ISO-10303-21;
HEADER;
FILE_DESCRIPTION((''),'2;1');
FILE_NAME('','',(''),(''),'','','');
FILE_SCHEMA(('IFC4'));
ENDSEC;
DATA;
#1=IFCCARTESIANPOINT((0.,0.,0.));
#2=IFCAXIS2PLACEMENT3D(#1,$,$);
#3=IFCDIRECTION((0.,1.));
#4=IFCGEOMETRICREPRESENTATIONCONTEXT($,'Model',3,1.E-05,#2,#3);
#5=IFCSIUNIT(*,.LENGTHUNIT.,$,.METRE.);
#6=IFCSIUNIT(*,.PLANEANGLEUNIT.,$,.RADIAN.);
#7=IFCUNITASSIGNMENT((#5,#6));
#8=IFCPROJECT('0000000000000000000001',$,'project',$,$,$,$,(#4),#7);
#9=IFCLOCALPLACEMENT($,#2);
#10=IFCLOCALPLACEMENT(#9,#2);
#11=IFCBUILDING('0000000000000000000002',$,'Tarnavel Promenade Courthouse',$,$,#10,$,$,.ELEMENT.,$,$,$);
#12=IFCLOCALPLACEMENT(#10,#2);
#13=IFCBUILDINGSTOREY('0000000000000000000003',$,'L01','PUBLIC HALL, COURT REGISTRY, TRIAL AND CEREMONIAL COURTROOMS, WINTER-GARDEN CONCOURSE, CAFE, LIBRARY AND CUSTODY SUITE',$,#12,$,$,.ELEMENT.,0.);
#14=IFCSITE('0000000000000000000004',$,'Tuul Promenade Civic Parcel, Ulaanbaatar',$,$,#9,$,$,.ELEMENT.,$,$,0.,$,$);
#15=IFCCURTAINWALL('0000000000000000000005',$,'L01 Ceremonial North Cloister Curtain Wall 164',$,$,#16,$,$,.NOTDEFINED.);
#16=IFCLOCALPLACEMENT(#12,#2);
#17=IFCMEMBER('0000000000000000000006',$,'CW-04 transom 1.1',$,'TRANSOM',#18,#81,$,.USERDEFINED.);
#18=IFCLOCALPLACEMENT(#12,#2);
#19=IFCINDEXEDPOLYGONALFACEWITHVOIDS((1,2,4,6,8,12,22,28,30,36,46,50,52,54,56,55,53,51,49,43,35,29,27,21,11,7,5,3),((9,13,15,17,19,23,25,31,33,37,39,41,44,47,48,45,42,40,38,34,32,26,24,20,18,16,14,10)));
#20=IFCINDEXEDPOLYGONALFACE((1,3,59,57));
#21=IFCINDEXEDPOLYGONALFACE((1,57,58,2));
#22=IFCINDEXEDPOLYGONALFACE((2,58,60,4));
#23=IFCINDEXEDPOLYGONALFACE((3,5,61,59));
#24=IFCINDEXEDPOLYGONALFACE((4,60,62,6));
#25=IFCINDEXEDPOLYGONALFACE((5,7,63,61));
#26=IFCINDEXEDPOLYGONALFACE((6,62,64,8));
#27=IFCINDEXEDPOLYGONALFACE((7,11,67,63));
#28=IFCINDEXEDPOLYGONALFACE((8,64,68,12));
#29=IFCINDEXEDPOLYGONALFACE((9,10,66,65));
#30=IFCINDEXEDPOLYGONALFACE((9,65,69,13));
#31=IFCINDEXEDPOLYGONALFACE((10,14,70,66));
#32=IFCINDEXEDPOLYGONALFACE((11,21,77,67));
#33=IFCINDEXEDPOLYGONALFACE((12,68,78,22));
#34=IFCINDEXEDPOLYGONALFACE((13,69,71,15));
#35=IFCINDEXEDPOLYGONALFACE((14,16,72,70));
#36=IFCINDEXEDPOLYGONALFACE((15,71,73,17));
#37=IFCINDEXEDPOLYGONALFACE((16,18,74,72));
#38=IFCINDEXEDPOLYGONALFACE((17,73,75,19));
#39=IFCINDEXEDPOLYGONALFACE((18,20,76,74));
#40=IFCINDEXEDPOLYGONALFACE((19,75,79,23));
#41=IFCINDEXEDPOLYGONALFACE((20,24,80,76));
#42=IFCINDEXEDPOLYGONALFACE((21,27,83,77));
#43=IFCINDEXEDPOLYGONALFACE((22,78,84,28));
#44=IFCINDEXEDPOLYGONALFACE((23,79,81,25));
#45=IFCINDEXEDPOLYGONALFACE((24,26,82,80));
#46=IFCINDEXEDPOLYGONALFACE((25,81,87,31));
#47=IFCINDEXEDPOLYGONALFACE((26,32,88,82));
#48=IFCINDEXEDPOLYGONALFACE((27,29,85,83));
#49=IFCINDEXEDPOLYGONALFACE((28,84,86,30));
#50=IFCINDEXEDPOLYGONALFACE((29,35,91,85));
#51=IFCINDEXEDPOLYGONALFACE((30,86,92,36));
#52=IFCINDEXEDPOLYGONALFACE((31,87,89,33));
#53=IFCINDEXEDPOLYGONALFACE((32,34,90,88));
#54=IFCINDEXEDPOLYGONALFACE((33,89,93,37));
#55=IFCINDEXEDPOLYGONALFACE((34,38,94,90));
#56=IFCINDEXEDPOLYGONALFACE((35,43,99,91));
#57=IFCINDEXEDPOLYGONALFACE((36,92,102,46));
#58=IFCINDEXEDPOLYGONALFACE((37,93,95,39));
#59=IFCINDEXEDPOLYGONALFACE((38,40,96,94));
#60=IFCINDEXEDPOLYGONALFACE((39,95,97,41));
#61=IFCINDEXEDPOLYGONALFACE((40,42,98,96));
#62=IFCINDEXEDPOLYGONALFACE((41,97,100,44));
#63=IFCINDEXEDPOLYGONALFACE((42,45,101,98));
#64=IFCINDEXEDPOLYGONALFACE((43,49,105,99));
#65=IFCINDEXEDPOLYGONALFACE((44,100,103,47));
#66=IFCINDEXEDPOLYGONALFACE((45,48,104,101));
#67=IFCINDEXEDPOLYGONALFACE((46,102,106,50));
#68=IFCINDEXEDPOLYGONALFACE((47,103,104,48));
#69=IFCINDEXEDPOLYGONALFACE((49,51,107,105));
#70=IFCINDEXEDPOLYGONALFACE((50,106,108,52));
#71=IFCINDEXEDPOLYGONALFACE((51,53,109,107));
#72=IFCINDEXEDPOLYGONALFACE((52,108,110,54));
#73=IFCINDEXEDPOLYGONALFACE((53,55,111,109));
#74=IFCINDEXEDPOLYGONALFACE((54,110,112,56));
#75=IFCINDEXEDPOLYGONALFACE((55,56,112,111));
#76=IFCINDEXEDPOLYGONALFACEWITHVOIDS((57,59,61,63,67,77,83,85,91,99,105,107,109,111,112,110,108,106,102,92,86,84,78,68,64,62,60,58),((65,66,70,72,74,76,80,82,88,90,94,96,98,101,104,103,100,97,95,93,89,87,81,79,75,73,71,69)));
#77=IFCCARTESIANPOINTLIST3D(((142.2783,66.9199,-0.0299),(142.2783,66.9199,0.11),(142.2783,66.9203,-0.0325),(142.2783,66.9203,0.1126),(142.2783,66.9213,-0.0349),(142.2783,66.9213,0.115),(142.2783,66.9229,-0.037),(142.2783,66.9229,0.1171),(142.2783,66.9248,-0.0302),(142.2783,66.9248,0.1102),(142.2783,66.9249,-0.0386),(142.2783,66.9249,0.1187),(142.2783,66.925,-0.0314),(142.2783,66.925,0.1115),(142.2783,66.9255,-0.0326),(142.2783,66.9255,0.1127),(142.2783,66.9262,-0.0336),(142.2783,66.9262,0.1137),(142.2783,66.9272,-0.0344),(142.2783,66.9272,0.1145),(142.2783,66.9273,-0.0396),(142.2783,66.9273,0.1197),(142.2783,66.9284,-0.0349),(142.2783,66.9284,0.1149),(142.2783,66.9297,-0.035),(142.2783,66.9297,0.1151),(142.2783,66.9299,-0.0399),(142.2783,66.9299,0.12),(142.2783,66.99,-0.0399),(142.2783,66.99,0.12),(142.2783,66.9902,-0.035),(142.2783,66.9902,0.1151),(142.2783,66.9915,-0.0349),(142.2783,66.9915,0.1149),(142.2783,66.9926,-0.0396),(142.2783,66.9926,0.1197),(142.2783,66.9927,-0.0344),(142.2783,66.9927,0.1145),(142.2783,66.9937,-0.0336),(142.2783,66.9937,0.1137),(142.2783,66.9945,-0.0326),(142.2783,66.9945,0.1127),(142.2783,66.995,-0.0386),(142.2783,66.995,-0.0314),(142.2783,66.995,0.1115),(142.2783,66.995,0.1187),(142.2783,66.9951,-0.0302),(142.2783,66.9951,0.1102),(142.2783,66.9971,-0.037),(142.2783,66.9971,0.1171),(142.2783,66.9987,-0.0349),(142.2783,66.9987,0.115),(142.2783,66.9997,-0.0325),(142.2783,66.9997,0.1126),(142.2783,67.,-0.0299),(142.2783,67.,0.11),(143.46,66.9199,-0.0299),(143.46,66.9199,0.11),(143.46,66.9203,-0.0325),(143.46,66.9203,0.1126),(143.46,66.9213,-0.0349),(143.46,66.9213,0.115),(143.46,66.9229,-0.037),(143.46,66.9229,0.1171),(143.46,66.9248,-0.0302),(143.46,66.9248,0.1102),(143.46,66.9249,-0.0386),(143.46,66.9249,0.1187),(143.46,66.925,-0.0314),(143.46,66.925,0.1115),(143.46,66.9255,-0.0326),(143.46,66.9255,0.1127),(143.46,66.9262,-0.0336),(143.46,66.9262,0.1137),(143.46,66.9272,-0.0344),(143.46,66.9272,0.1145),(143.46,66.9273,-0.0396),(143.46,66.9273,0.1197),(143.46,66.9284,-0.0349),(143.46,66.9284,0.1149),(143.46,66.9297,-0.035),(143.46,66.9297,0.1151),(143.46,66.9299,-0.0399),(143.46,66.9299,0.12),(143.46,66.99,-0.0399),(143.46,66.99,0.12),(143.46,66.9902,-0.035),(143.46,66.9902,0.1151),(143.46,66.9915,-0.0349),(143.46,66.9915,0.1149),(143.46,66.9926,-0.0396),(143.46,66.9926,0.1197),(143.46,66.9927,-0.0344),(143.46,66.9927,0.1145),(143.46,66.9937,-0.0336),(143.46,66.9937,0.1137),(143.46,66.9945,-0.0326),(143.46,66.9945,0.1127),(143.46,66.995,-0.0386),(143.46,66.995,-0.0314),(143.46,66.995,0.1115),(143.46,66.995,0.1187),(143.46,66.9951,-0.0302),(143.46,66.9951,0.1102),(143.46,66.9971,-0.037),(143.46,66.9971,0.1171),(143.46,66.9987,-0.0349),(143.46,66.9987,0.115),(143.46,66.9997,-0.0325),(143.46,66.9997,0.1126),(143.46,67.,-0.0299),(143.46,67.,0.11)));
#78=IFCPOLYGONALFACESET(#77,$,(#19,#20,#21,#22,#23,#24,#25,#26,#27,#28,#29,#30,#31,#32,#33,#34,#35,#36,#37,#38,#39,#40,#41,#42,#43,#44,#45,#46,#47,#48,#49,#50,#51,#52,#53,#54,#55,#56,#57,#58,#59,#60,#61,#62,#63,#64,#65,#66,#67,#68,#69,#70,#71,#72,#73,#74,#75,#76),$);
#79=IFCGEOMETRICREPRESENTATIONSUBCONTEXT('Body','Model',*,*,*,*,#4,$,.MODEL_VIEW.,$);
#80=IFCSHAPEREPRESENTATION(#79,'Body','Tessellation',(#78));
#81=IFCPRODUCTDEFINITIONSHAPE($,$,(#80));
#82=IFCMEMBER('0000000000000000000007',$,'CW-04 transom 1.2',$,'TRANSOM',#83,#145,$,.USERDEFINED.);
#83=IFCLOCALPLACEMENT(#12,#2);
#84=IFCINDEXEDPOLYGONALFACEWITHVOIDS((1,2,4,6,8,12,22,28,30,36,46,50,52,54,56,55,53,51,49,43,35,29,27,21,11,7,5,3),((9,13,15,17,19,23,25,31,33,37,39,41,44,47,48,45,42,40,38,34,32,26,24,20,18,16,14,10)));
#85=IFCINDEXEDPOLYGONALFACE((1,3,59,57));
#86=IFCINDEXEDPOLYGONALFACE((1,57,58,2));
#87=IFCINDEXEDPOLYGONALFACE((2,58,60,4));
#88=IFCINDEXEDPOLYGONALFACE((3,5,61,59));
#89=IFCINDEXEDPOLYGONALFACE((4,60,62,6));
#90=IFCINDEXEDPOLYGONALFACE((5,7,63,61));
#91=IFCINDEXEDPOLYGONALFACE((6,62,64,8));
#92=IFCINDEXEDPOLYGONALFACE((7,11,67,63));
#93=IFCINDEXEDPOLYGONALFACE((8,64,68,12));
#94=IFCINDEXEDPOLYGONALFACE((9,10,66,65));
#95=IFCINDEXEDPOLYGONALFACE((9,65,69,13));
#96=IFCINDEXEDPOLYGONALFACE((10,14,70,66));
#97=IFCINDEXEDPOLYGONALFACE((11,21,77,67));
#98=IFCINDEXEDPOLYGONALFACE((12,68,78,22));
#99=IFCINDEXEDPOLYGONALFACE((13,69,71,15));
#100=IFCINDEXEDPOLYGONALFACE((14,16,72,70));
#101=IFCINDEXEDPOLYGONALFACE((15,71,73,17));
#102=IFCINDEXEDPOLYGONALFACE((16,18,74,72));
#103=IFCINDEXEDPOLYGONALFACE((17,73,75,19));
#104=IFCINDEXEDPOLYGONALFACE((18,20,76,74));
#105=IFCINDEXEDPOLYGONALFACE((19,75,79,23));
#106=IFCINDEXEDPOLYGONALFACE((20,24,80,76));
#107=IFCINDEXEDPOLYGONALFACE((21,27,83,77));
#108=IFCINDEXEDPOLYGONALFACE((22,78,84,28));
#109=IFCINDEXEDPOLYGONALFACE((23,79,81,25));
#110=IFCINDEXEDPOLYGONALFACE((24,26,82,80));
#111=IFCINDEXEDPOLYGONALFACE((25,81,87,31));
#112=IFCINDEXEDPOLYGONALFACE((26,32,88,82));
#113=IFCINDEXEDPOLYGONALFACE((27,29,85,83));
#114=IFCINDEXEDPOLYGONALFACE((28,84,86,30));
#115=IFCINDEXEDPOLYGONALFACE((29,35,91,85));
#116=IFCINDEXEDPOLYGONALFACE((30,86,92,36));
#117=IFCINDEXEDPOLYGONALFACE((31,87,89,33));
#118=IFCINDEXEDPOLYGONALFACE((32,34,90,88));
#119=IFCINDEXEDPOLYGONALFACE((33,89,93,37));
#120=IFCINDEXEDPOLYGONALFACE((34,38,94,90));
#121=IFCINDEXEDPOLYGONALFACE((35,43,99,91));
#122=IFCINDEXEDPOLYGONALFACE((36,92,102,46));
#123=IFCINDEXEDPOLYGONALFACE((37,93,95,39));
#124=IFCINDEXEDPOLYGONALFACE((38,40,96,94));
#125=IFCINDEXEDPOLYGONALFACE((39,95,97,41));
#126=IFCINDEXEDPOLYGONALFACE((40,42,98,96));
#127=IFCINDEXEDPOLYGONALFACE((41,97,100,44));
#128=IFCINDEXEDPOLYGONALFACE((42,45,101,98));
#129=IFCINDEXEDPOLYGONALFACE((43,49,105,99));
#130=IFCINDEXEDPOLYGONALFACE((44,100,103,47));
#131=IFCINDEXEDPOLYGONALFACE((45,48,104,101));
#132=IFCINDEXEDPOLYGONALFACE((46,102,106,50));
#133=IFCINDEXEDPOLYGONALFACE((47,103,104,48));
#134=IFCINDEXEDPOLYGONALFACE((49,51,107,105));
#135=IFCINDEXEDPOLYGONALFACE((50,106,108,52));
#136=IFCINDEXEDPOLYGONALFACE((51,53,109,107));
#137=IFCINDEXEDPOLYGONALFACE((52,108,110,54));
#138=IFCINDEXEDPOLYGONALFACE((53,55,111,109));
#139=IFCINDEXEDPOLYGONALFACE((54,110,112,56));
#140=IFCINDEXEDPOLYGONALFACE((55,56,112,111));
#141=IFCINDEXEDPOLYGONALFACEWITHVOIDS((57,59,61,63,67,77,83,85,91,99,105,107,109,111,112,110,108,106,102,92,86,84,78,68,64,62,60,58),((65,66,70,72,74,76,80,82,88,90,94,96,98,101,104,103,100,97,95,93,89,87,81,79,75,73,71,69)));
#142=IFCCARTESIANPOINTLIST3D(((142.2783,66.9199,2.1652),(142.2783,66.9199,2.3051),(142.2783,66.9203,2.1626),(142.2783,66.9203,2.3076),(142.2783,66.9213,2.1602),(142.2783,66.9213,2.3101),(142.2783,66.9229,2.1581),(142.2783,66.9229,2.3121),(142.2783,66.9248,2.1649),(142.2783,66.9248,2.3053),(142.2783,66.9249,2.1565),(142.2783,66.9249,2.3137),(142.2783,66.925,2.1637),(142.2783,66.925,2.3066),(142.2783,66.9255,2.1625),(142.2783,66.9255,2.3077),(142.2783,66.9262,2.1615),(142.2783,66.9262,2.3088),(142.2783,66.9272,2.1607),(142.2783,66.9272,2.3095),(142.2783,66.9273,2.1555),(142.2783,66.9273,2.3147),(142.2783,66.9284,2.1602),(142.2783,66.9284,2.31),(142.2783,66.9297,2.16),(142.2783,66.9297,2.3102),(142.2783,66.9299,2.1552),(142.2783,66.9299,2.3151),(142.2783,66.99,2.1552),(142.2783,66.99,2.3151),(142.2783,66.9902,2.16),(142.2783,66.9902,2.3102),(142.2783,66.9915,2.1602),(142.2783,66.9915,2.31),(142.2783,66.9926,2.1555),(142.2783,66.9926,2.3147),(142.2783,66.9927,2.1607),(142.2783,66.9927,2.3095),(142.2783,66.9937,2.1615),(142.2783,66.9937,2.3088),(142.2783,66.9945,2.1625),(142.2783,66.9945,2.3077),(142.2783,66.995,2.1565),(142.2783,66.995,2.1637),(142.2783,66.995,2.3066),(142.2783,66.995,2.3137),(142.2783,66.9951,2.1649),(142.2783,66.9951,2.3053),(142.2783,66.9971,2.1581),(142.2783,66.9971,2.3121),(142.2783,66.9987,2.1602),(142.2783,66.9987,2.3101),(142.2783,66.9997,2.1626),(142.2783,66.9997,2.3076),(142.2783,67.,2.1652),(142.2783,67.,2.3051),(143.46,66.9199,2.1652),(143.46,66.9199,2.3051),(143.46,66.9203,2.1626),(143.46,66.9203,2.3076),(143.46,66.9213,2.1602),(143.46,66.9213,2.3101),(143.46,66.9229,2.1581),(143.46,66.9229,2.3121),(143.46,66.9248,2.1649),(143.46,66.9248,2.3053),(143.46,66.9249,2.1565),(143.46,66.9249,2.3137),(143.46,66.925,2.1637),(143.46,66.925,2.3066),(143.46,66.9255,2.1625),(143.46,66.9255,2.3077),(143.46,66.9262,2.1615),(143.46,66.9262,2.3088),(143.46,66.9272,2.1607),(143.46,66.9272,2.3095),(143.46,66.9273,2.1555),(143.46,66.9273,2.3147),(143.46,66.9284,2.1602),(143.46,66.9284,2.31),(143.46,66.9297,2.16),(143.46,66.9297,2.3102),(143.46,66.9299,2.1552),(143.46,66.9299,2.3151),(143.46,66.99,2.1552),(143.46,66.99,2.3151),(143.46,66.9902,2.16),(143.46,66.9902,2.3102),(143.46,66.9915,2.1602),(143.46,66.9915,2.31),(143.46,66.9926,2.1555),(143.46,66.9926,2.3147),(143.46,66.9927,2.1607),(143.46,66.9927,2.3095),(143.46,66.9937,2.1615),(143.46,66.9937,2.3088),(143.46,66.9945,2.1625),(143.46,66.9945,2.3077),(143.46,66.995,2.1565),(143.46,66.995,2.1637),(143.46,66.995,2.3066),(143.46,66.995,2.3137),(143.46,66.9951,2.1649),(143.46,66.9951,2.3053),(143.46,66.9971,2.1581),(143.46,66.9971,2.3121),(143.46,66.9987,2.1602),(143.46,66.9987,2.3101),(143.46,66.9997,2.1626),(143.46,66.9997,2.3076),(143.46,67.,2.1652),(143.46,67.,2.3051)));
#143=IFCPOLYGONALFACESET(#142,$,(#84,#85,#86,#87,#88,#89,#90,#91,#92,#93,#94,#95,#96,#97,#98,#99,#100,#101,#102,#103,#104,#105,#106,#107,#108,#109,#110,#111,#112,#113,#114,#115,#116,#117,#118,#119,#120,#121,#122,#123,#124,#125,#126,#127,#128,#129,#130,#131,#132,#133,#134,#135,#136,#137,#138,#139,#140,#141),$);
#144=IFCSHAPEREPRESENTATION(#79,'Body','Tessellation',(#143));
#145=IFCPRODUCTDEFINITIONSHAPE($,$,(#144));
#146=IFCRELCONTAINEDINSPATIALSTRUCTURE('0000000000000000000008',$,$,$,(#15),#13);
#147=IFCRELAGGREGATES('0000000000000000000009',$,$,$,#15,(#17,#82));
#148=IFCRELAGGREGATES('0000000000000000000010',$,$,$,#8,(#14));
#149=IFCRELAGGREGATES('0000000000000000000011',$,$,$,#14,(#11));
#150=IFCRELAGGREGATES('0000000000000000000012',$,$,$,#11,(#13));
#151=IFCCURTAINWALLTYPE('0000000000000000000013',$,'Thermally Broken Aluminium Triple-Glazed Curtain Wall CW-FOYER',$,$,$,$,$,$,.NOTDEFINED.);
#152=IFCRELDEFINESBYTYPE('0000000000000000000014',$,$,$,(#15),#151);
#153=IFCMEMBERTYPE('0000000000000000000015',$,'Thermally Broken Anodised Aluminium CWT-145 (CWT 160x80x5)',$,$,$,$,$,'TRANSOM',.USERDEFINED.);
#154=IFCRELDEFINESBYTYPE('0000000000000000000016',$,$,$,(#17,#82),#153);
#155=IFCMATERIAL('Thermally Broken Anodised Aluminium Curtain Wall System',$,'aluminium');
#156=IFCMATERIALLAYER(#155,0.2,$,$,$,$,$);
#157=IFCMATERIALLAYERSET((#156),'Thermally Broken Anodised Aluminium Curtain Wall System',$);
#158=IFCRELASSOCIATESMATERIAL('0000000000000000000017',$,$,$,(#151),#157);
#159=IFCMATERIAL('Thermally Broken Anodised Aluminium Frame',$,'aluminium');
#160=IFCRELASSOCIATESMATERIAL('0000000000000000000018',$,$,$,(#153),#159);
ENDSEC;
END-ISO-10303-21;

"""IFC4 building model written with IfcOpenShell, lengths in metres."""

from ifc_helpers import new_model, si_unit, direction, frame, origin, origin_2d, place, context, subcontext, project, spatial, hollow_rectangle, extrude, material, layer, layer_set, material_profile, profile_set, type_object, element, aggregate, save


model = new_model("IFC4")

# Units and contexts
model_context = context("Model", 3, precision=1e-05, world=origin(), true_north=direction((0.0, 1.0)))
body_context = subcontext(model_context, "Body", "Model", "MODEL_VIEW")
ifc_project = project(units=[si_unit("LENGTHUNIT", "METRE"), si_unit("PLANEANGLEUNIT", "RADIAN")], contexts=[model_context])

# Site, building, storey
site_placement = place(None, origin())
site = spatial("IfcSite", under=ifc_project, at=site_placement, Name="Tuul Promenade Civic Parcel, Ulaanbaatar", CompositionType="ELEMENT", RefElevation=0.0)
building_placement = place(site_placement, origin())
building = spatial("IfcBuilding", under=site, at=building_placement, Name="Tarnavel Promenade Courthouse", CompositionType="ELEMENT")
storey_placement = place(building_placement, origin())
storey = spatial("IfcBuildingStorey", under=building, at=storey_placement, Name="L01", Description="PUBLIC HALL, COURT REGISTRY, TRIAL AND CEREMONIAL COURTROOMS, WINTER-GARDEN CONCOURSE, CAFE, LIBRARY AND CUSTODY SUITE", CompositionType="ELEMENT", Elevation=0.0)

# Curtain wall
ifc_material_1 = material(Name="Thermally Broken Anodised Aluminium Curtain Wall System", Category="aluminium")
ifc_layer_1 = layer(ifc_material_1, 0.2)
ifc_layer_set_1 = layer_set([ifc_layer_1], Name="Thermally Broken Anodised Aluminium Curtain Wall System")
curtain_wall_type = type_object("IfcCurtainWallType", Name="Thermally Broken Aluminium Triple-Glazed Curtain Wall CW-FOYER", PredefinedType="NOTDEFINED", material=ifc_layer_set_1)
curtain_wall_1_placement = place(storey_placement, origin())
curtain_wall_1 = element("IfcCurtainWall", 1, at=curtain_wall_1_placement, inside=storey, type_object=curtain_wall_type, Name="L01 Ceremonial North Cloister Curtain Wall 164", PredefinedType="NOTDEFINED")
ifc_material_2 = material(Name="Thermally Broken Anodised Aluminium Frame", Category="aluminium")

# Members
ifc_material_profile_1 = material_profile(ifc_material_2, hollow_rectangle(XDim=0.0801, YDim=0.1599, WallThickness=0.0049, InnerFilletRadius=0.0049, OuterFilletRadius=0.01, at=origin_2d()), Name="CWT 160x80x5")
ifc_profile_set_1 = profile_set([ifc_material_profile_1], Name="Thermally Broken Anodised Aluminium Frame")
member_type_1 = type_object("IfcMemberType", Name="Thermally Broken Anodised Aluminium CWT-145 (CWT 160x80x5)", ElementType="TRANSOM", PredefinedType="USERDEFINED", material=ifc_profile_set_1)
member_1_placement = place(storey_placement, frame((143.46, 66.96, 0.04), z_axis=(-1.0, 0.0, 0.0), x_axis=(0.0, -1.0, 0.0)))
member_1 = element("IfcMember", 2, at=member_1_placement, type_object=member_type_1, Name="CW-04 transom 1.1", ObjectType="TRANSOM", PredefinedType="USERDEFINED", context=body_context, shape_type="SweptSolid", body=[
    extrude(hollow_rectangle(XDim=0.0801, YDim=0.1599, WallThickness=0.0049, InnerFilletRadius=0.0049, OuterFilletRadius=0.01, at=origin_2d()), origin(), (0.0, 0.0, 1.0), 1.1816),
])
member_2_placement = place(storey_placement, frame((143.46, 66.96, 2.2351), z_axis=(-1.0, 0.0, 0.0), x_axis=(0.0, -1.0, 0.0)))
member_2 = element("IfcMember", 3, at=member_2_placement, type_object=member_type_1, Name="CW-04 transom 1.2", ObjectType="TRANSOM", PredefinedType="USERDEFINED", context=body_context, shape_type="SweptSolid", body=[
    extrude(hollow_rectangle(XDim=0.0801, YDim=0.1599, WallThickness=0.0049, InnerFilletRadius=0.0049, OuterFilletRadius=0.01, at=origin_2d()), origin(), (0.0, 0.0, 1.0), 1.1816),
])

aggregate(curtain_wall_1, [member_1, member_2])

save(model, "model.ifc")
